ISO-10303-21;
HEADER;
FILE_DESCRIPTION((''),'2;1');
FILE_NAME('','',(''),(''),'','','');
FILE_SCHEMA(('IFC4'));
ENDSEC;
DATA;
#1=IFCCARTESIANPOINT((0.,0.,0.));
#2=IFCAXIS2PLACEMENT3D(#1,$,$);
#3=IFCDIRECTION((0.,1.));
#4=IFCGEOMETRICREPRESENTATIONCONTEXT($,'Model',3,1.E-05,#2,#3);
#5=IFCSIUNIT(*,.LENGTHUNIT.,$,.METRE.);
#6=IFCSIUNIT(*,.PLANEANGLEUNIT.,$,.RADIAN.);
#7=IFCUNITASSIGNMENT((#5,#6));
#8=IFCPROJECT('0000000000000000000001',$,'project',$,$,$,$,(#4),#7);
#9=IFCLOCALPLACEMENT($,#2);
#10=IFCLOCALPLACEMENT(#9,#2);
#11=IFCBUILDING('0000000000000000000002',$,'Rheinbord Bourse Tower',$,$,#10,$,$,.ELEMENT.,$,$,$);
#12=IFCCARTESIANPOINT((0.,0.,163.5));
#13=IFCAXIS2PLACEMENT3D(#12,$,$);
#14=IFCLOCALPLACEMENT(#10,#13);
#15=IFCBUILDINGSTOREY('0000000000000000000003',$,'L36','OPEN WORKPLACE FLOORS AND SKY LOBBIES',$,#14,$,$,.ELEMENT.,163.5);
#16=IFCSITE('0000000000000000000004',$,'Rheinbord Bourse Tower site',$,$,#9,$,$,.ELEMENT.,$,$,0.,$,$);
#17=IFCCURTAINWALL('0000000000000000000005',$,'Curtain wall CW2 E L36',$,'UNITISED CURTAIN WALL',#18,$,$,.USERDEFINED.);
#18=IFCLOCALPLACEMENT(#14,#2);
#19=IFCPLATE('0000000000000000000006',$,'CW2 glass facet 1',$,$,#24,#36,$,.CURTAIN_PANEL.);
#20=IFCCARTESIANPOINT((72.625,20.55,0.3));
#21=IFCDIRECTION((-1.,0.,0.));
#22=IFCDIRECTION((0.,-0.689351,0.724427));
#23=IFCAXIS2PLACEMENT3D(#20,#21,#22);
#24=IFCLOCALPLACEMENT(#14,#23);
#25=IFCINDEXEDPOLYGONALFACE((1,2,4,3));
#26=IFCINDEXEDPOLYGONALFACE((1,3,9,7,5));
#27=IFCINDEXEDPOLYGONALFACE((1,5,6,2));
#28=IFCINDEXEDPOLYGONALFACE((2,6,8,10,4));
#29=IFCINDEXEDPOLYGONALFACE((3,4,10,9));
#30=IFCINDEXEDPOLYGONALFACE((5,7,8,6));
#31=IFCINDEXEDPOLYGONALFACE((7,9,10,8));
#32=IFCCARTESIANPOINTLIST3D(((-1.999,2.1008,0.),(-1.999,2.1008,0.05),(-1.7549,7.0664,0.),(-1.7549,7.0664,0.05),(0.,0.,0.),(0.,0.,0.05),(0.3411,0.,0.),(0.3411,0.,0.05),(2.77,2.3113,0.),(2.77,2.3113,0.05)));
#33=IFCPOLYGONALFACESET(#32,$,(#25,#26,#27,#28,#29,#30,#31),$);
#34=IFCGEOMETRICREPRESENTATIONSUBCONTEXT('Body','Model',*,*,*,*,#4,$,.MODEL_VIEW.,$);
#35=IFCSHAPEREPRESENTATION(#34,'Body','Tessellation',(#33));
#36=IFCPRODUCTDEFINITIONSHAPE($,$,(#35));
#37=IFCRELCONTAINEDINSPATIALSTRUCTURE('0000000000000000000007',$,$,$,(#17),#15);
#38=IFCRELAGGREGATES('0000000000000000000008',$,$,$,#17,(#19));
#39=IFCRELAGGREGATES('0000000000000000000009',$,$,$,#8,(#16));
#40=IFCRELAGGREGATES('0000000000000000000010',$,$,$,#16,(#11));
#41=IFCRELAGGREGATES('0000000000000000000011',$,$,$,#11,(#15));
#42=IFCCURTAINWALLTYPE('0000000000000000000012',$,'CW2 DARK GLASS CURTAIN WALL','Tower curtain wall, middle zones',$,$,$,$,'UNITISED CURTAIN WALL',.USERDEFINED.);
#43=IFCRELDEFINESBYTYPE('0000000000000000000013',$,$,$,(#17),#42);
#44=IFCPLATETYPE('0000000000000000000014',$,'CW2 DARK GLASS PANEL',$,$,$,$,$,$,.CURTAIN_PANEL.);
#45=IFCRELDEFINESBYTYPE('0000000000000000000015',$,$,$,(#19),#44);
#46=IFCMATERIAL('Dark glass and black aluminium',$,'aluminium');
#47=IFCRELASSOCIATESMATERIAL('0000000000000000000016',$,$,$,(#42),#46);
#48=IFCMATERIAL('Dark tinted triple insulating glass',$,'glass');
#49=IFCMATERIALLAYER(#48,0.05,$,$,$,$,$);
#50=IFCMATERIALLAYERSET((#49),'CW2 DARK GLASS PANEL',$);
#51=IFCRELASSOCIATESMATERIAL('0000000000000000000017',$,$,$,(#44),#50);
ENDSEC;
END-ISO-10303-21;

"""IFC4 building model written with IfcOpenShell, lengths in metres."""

from ifc_helpers import new_model, si_unit, direction, frame, origin, place, context, subcontext, project, spatial, polyline, outline, extrude, material, layer, layer_set, type_object, element, aggregate, save


model = new_model("IFC4")

# Units and contexts
model_context = context("Model", 3, precision=1e-05, world=origin(), true_north=direction((0.0, 1.0)))
body_context = subcontext(model_context, "Body", "Model", "MODEL_VIEW")
ifc_project = project(units=[si_unit("LENGTHUNIT", "METRE"), si_unit("PLANEANGLEUNIT", "RADIAN")], contexts=[model_context])

# Site, building, storey
site_placement = place(None, origin())
site = spatial("IfcSite", under=ifc_project, at=site_placement, Name="Rheinbord Bourse Tower site", CompositionType="ELEMENT", RefElevation=0.0)
building_placement = place(site_placement, origin())
building = spatial("IfcBuilding", under=site, at=building_placement, Name="Rheinbord Bourse Tower", CompositionType="ELEMENT")
storey_placement = place(building_placement, frame((0.0, 0.0, 163.5)))
storey = spatial("IfcBuildingStorey", under=building, at=storey_placement, Name="L36", Description="OPEN WORKPLACE FLOORS AND SKY LOBBIES", CompositionType="ELEMENT", Elevation=163.5)

# Curtain wall
ifc_material_1 = material(Name="Dark glass and black aluminium", Category="aluminium")
curtain_wall_type = type_object("IfcCurtainWallType", Name="CW2 DARK GLASS CURTAIN WALL", Description="Tower curtain wall, middle zones", ElementType="UNITISED CURTAIN WALL", PredefinedType="USERDEFINED", material=ifc_material_1)
curtain_wall_placement = place(storey_placement, origin())
curtain_wall = element("IfcCurtainWall", 1, at=curtain_wall_placement, inside=storey, type_object=curtain_wall_type, Name="Curtain wall CW2 E L36", ObjectType="UNITISED CURTAIN WALL", PredefinedType="USERDEFINED")

# Plate
ifc_material_2 = material(Name="Dark tinted triple insulating glass", Category="glass")
ifc_layer_1 = layer(ifc_material_2, 0.05)
ifc_layer_set_1 = layer_set([ifc_layer_1], Name="CW2 DARK GLASS PANEL")
plate_type = type_object("IfcPlateType", Name="CW2 DARK GLASS PANEL", PredefinedType="CURTAIN_PANEL", material=ifc_layer_set_1)
plate_1_placement = place(storey_placement, frame((72.625, 20.55, 0.3), z_axis=(-1.0, 0.0, 0.0), x_axis=(0.0, -0.689351, 0.724427)))
plate_1 = element("IfcPlate", 2, at=plate_1_placement, type_object=plate_type, Name="CW2 glass facet 1", PredefinedType="CURTAIN_PANEL", context=body_context, shape_type="SweptSolid", body=[
    extrude(outline(polyline([(0.0, 0.0), (0.3411, 0.0), (2.77, 2.3113), (-1.7549, 7.0664), (-1.999, 2.1008), (0.0, 0.0)])), origin(), (0.0, 0.0, 1.0), 0.05),
])
aggregate(curtain_wall, [plate_1])

save(model, "model.ifc")
